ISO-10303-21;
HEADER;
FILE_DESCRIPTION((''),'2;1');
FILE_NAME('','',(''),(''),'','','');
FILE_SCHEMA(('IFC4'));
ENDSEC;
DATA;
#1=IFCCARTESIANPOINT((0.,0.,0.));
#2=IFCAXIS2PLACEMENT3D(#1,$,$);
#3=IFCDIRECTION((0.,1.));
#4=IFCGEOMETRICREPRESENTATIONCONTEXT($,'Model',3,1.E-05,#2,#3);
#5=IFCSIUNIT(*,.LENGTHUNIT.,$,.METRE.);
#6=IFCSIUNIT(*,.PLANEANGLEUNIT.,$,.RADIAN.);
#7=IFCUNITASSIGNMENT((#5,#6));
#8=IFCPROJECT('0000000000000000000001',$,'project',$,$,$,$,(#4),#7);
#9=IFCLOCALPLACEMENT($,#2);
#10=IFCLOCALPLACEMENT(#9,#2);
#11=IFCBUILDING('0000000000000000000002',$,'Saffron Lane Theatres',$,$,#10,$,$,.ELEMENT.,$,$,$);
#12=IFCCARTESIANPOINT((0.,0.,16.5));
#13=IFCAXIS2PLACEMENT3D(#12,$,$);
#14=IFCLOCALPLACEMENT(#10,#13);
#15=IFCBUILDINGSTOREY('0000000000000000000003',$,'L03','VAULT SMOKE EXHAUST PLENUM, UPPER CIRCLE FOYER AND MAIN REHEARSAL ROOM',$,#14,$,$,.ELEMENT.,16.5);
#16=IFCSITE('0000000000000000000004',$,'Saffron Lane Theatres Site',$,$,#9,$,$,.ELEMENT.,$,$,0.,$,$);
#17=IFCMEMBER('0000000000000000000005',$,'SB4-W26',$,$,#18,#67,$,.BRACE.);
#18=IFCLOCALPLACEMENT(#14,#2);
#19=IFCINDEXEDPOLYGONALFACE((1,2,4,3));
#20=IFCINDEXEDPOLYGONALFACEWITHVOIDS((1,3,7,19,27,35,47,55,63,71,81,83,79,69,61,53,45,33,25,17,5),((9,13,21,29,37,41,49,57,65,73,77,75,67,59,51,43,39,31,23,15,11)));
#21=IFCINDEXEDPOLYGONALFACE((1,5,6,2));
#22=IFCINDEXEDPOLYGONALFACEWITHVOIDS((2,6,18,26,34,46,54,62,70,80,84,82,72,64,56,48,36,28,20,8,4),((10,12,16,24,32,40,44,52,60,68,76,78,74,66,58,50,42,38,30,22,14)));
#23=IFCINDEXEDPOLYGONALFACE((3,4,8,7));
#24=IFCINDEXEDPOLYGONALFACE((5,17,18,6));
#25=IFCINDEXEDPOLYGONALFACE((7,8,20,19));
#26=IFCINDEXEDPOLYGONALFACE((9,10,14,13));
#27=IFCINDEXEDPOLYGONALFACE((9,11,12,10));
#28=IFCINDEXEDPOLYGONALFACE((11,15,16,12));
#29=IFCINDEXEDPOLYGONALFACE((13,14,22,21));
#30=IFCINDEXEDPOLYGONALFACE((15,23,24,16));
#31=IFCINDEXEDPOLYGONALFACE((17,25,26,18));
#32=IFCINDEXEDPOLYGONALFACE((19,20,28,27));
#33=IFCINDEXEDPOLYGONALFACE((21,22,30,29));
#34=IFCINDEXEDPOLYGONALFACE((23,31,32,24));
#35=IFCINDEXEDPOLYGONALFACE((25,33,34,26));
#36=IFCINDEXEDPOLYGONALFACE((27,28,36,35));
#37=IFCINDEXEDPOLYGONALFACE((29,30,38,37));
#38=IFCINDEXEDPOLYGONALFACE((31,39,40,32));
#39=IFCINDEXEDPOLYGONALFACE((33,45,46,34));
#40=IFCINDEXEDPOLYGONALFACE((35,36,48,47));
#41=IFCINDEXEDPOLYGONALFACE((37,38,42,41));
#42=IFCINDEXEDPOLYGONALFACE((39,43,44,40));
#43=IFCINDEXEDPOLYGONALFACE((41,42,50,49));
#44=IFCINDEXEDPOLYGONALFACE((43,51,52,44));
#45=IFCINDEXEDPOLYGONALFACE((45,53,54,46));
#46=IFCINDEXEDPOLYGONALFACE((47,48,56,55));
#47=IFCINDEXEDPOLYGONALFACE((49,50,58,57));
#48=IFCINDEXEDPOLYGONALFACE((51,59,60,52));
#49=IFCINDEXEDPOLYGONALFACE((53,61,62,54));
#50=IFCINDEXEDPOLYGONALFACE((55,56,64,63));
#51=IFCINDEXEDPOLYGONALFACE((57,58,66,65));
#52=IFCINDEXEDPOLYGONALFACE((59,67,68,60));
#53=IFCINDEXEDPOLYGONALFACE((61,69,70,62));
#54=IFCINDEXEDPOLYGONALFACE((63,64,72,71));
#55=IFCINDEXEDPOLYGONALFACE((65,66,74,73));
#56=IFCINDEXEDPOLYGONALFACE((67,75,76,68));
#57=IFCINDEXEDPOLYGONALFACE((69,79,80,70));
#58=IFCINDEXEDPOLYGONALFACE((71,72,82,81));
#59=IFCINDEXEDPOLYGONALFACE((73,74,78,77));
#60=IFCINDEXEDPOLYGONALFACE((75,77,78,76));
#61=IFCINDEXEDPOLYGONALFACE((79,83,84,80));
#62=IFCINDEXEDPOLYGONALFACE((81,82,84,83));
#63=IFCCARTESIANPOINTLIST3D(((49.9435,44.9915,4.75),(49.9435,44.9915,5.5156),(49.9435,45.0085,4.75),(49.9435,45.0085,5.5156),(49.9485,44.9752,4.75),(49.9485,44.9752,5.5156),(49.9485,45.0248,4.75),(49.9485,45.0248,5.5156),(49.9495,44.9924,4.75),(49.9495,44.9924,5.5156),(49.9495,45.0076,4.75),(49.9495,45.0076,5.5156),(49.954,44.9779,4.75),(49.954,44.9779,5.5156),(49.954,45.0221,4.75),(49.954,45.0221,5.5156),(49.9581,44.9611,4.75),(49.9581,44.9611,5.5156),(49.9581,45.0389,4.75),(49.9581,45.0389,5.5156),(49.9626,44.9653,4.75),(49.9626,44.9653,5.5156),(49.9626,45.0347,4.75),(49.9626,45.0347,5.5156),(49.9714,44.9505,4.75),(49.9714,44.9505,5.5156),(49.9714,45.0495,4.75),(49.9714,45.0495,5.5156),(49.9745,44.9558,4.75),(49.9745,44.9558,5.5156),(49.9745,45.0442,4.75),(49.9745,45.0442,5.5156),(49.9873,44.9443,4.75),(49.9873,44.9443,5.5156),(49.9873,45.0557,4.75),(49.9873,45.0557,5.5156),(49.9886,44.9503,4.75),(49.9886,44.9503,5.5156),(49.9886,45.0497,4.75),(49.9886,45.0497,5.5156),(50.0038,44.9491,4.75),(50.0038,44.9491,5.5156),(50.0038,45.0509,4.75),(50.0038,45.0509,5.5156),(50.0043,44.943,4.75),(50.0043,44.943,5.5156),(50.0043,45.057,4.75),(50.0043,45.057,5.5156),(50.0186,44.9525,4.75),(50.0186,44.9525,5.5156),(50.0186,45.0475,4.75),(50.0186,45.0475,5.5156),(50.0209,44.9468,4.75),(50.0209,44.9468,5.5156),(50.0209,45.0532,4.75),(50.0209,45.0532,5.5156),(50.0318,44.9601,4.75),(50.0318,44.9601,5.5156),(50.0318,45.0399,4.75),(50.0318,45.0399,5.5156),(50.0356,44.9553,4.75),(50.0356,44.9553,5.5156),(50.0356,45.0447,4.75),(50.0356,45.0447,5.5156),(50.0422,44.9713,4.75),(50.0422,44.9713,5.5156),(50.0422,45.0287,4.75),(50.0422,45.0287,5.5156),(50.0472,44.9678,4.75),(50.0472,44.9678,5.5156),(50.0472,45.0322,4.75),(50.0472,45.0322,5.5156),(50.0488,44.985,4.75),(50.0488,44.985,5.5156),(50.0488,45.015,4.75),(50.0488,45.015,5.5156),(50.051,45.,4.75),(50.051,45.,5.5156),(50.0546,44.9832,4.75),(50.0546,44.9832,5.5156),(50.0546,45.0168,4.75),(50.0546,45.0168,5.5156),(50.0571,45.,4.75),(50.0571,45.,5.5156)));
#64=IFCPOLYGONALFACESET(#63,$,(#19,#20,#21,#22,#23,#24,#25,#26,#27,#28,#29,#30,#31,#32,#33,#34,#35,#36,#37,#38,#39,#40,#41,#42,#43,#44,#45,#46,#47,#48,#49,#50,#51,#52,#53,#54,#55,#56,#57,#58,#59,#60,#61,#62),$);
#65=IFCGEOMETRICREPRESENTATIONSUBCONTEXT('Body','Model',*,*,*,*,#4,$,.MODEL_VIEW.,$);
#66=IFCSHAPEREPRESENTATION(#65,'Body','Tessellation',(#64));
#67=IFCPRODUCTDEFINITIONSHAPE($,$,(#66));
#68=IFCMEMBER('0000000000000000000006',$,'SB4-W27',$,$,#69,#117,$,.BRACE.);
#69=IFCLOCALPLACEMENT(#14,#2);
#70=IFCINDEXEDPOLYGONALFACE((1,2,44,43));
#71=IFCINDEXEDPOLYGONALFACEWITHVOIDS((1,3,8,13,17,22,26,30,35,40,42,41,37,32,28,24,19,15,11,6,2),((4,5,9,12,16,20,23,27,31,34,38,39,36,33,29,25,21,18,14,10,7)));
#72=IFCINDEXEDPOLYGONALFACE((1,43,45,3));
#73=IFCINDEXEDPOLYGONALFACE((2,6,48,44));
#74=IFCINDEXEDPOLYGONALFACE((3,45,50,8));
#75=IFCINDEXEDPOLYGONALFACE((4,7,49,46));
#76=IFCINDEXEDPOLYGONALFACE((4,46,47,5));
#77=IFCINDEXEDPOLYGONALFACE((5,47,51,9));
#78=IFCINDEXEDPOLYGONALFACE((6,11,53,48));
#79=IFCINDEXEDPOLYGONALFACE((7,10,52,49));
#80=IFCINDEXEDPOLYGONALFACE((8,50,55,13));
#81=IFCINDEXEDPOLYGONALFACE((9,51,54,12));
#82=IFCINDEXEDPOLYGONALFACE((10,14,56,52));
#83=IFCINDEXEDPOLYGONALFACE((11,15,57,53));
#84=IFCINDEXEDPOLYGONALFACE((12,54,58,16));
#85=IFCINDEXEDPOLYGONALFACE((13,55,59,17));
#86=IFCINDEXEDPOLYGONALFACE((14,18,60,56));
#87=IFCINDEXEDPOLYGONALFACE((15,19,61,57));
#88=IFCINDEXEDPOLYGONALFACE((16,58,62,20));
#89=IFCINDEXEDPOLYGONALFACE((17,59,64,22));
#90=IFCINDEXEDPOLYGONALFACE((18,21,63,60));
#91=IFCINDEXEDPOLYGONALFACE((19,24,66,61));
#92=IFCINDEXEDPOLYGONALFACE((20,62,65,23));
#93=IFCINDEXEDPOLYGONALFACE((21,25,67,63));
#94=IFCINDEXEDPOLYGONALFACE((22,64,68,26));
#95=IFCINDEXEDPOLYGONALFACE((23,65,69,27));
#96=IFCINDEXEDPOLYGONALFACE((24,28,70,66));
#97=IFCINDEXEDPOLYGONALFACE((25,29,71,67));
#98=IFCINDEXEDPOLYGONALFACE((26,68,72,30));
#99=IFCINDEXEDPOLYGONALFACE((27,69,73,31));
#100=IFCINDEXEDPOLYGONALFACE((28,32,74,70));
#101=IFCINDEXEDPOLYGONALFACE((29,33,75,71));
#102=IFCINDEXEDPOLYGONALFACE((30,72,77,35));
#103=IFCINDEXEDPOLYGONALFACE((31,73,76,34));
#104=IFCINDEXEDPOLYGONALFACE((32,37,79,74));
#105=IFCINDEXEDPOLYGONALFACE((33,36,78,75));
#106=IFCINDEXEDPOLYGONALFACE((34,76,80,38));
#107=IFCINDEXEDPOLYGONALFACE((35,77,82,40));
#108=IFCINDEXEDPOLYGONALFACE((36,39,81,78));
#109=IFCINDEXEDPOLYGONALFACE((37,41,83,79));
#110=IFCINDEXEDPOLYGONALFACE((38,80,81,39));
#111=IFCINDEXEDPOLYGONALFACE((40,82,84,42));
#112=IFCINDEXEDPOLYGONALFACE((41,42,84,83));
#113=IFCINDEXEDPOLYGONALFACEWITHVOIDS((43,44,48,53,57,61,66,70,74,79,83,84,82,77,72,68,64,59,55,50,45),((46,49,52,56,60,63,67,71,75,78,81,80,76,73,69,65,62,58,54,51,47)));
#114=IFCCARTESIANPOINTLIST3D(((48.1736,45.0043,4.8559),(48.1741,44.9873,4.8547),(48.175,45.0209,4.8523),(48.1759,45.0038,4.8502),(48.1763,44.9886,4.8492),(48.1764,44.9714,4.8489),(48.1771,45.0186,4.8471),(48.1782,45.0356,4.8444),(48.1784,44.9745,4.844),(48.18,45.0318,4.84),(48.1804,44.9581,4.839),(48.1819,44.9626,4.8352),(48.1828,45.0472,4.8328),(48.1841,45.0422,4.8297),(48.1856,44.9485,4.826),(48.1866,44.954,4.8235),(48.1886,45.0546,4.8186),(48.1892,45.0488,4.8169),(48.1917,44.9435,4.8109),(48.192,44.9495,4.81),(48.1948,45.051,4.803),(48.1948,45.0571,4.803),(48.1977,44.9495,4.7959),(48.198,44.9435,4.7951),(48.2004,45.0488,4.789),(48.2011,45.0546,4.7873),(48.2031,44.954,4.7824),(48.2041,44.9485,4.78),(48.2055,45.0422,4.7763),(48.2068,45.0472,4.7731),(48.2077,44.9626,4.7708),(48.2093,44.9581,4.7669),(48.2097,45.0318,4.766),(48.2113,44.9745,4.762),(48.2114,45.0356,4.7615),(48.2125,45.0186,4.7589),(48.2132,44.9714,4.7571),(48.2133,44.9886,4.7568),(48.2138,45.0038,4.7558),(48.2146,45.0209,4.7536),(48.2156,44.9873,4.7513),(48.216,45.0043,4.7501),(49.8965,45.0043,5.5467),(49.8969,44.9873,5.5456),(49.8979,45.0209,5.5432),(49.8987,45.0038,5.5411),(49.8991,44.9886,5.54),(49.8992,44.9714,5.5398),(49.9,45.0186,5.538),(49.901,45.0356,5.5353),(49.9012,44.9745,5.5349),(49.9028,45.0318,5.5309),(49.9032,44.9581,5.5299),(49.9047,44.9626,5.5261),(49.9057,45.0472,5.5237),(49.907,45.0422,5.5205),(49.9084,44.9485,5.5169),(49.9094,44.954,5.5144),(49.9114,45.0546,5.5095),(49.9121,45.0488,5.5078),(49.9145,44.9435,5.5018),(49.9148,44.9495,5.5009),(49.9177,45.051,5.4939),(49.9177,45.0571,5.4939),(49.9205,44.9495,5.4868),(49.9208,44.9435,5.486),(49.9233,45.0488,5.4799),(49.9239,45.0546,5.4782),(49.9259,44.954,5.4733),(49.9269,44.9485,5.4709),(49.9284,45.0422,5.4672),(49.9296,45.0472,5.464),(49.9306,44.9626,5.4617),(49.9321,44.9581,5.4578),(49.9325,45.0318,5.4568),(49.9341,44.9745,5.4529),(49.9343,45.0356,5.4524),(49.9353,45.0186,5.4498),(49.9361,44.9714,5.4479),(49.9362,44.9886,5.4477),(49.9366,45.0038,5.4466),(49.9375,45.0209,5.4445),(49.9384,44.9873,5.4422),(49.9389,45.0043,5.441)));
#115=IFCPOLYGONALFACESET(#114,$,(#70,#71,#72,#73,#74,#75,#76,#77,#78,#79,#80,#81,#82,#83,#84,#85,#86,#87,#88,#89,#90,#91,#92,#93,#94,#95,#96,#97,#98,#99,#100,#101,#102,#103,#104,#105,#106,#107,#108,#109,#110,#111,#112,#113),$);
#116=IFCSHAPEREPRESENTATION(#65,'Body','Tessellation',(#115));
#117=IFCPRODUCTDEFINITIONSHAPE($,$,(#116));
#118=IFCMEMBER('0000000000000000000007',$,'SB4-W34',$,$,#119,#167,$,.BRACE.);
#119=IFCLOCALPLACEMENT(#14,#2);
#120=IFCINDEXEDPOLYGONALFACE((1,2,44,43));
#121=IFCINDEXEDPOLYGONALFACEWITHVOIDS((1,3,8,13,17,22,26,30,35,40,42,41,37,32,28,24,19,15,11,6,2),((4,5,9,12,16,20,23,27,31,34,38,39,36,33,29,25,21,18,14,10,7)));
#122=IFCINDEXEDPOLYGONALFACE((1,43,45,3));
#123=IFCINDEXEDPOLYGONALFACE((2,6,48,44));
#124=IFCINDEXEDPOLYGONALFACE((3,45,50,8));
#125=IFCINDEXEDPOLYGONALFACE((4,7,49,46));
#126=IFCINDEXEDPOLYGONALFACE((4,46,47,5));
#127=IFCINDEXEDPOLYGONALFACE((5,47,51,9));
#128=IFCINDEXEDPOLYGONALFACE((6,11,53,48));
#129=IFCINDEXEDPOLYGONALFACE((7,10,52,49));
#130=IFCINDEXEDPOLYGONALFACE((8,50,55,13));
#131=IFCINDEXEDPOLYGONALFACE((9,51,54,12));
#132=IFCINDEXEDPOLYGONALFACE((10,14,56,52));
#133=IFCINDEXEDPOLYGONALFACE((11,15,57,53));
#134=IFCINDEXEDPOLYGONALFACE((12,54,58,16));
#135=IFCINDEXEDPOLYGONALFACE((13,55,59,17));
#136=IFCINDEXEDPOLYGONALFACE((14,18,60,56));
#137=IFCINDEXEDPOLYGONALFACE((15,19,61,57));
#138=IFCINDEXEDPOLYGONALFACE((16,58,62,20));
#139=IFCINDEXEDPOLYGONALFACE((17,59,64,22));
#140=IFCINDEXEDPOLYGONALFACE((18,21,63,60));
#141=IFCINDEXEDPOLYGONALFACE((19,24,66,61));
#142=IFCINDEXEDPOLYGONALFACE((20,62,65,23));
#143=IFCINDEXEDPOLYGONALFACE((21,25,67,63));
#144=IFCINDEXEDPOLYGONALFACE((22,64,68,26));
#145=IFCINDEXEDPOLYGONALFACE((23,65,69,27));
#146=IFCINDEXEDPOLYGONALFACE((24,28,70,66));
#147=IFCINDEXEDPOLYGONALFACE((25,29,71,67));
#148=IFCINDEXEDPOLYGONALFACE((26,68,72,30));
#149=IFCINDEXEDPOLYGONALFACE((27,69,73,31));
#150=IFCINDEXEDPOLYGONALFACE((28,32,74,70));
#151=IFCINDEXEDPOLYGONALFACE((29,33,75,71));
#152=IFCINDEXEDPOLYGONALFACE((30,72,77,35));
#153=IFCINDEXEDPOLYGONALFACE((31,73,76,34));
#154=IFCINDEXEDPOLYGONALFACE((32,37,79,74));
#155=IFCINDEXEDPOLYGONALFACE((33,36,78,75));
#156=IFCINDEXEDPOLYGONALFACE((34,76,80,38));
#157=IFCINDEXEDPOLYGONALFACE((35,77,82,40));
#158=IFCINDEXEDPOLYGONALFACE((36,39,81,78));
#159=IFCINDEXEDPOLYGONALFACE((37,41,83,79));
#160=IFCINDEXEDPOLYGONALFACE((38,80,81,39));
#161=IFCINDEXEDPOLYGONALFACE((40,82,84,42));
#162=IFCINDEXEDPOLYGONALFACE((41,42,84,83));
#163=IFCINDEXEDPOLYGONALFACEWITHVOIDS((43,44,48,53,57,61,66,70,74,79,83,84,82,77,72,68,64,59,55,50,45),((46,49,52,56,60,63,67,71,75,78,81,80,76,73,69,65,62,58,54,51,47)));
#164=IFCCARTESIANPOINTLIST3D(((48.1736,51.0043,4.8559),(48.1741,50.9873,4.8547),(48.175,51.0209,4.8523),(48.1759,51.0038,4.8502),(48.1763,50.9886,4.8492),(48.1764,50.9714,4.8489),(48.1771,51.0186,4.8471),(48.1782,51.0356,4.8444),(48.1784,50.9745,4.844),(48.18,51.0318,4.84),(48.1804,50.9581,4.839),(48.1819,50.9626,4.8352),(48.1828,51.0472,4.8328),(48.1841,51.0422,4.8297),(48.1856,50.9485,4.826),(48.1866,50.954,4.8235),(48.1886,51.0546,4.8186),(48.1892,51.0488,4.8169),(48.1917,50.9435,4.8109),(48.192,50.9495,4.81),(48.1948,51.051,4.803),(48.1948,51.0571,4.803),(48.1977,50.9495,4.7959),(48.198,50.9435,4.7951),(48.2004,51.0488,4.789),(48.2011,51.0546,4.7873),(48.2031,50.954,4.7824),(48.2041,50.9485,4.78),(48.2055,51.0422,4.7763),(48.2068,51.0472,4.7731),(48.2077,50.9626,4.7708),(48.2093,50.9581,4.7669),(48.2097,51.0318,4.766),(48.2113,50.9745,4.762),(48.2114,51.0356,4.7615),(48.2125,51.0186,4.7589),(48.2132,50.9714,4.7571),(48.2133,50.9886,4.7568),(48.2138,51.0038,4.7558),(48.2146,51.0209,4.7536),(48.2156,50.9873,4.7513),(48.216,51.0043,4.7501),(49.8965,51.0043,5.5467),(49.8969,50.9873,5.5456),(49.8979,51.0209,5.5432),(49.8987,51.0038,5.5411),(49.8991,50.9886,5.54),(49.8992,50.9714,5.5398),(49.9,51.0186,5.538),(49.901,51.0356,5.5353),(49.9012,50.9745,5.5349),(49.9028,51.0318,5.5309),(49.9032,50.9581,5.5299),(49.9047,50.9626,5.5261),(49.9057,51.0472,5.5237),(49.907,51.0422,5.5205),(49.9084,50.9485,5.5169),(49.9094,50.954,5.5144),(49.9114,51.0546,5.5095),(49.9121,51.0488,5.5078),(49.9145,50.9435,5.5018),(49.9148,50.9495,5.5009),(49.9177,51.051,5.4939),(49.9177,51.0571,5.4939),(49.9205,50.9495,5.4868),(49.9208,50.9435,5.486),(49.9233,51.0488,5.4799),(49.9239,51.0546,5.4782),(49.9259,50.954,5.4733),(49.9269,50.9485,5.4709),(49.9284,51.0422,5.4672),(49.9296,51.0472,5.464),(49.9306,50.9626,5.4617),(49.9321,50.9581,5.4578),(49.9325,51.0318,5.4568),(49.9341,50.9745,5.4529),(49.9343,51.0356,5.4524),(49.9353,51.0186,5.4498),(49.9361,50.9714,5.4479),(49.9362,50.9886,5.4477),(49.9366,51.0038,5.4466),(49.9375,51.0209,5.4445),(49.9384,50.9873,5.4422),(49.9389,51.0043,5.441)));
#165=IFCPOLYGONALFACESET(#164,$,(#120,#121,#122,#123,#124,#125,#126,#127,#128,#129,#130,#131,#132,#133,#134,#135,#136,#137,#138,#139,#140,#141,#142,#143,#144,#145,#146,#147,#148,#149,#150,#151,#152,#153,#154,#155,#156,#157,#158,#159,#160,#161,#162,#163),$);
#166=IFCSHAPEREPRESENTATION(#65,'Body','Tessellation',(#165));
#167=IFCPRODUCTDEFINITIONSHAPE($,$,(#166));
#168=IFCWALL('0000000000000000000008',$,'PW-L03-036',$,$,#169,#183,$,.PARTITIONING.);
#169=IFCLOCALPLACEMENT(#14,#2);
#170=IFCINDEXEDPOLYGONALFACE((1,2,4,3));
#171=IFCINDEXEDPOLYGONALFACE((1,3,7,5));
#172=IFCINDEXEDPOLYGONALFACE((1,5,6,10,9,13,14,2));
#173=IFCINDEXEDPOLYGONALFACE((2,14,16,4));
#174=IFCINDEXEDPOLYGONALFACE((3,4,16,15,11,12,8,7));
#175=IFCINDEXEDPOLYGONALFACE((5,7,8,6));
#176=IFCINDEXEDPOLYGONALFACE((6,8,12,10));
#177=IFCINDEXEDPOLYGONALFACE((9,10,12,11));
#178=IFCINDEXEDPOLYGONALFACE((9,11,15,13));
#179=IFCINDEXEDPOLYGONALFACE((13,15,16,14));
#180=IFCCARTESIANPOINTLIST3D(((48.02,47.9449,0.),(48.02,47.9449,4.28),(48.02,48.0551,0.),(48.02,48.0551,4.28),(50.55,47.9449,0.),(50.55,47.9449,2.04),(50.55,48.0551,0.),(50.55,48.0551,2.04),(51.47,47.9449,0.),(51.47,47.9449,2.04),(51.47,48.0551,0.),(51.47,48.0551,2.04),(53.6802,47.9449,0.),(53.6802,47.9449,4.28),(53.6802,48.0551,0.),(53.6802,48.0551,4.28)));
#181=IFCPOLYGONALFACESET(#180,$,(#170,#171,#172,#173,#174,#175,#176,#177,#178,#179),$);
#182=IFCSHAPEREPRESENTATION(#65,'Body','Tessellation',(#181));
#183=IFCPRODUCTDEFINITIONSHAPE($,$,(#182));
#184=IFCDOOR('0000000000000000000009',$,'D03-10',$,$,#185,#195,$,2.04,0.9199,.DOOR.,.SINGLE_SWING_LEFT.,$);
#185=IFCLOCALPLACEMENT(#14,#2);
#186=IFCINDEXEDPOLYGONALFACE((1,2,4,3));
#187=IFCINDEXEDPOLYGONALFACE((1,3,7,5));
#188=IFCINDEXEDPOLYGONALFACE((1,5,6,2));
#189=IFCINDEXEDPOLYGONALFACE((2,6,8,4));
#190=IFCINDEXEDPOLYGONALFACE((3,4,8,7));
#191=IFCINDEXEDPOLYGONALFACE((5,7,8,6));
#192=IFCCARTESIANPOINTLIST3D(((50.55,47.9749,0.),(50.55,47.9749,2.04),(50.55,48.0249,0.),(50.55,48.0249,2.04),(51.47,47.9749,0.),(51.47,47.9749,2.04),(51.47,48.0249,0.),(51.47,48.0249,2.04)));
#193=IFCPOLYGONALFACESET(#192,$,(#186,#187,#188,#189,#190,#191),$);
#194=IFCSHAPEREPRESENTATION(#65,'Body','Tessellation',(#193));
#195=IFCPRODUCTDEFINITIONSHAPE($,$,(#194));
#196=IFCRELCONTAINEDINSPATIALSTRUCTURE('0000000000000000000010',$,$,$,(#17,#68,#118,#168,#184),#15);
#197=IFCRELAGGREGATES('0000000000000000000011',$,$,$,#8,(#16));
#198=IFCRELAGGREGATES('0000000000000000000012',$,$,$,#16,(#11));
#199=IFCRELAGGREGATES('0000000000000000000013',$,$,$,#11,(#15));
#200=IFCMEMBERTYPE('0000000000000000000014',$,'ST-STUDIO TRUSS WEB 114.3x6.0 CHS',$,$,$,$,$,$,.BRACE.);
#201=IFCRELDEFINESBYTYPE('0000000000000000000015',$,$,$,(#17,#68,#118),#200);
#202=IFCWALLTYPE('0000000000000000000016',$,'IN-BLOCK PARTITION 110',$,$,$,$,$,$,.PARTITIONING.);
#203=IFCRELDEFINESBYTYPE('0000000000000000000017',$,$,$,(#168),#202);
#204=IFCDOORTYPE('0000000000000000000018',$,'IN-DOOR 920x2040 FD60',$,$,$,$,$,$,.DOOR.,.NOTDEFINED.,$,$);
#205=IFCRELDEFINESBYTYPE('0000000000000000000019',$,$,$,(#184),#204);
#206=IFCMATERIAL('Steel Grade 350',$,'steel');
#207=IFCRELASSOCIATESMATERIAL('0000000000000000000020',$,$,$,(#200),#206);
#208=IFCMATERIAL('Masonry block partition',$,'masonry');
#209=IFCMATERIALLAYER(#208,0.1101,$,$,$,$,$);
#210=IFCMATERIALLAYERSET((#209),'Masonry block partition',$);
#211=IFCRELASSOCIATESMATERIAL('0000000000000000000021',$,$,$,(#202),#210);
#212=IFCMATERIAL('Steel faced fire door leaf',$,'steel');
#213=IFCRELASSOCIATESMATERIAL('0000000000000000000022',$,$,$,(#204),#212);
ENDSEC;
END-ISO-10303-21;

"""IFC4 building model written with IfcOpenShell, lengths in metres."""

from ifc_helpers import new_model, si_unit, direction, frame, frame_2d, origin, origin_2d, place, context, subcontext, project, spatial, rectangle, hollow_circle, extrude, material, layer, layer_set, material_profile, profile_set, type_object, element, fill, save


model = new_model("IFC4")

# Units and contexts
model_context = context("Model", 3, precision=1e-05, world=origin(), true_north=direction((0.0, 1.0)))
body_context = subcontext(model_context, "Body", "Model", "MODEL_VIEW")
ifc_project = project(units=[si_unit("LENGTHUNIT", "METRE"), si_unit("PLANEANGLEUNIT", "RADIAN")], contexts=[model_context])

# Site, building, storey
site_placement = place(None, origin())
site = spatial("IfcSite", under=ifc_project, at=site_placement, Name="Saffron Lane Theatres Site", CompositionType="ELEMENT", RefElevation=0.0)
building_placement = place(site_placement, origin())
building = spatial("IfcBuilding", under=site, at=building_placement, Name="Saffron Lane Theatres", CompositionType="ELEMENT")
storey_placement = place(building_placement, frame((0.0, 0.0, 16.5)))
storey = spatial("IfcBuildingStorey", under=building, at=storey_placement, Name="L03", Description="VAULT SMOKE EXHAUST PLENUM, UPPER CIRCLE FOYER AND MAIN REHEARSAL ROOM", CompositionType="ELEMENT", Elevation=16.5)

# Members
ifc_material_1 = material(Name="Steel Grade 350", Category="steel")
ifc_material_profile_1 = material_profile(ifc_material_1, hollow_circle(Radius=0.0571, WallThickness=0.0061, at=origin_2d()))
ifc_profile_set_1 = profile_set([ifc_material_profile_1], Name="Steel Grade 350")
member_type_1 = type_object("IfcMemberType", Name="ST-STUDIO TRUSS WEB 114.3x6.0 CHS", PredefinedType="BRACE", material=ifc_profile_set_1)
member_1_placement = place(storey_placement, frame((50.0, 45.0, 4.75), z_axis=(0.0, 0.0, 1.0), x_axis=(1.0, 0.0, 0.0)))
element("IfcMember", 1, at=member_1_placement, inside=storey, type_object=member_type_1, Name="SB4-W26", PredefinedType="BRACE", context=body_context, shape_type="SweptSolid", body=[
    extrude(hollow_circle(Radius=0.0571, WallThickness=0.0061, at=origin_2d()), origin(), (0.0, 0.0, 1.0), 0.7656),
])
for number, where, z_axis, x_axis, name in (
    (2, (48.1948, 45.0, 4.803), (0.92815, 0.0, 0.372207), (0.0, 1.0, 0.0), "SB4-W27"),
    (3, (48.1948, 51.0, 4.803), (0.92815, 0.0, 0.372207), (0.0, 1.0, 0.0), "SB4-W34"),
):
    element("IfcMember", number, at=place(storey_placement, frame(where, z_axis=z_axis, x_axis=x_axis)), inside=storey, type_object=member_type_1, Name=name, PredefinedType="BRACE", context=body_context, shape_type="SweptSolid", body=[
        extrude(hollow_circle(Radius=0.0571, WallThickness=0.0061, at=origin_2d()), origin(), (0.0, 0.0, 1.0), 1.8562),
    ])

# Wall, opening, door
ifc_material_2 = material(Name="Masonry block partition", Category="masonry")
ifc_layer = layer(ifc_material_2, 0.1101)
ifc_layer_set = layer_set([ifc_layer], Name="Masonry block partition")
wall_type = type_object("IfcWallType", Name="IN-BLOCK PARTITION 110", PredefinedType="PARTITIONING", material=ifc_layer_set)
wall_placement = place(storey_placement, frame((48.02, 48.0, 0.0), z_axis=(0.0, 0.0, 1.0), x_axis=(1.0, 0.0, 0.0)))
wall = element("IfcWall", 4, at=wall_placement, inside=storey, type_object=wall_type, Name="PW-L03-036", PredefinedType="PARTITIONING", context=body_context, shape_type="SweptSolid", body=[
    extrude(rectangle(XDim=5.6602, YDim=0.1101, at=frame_2d((2.8301, 0.0))), origin(), (0.0, 0.0, 1.0), 4.28),
])
opening_placement = place(wall_placement, frame((2.53, 0.0, 0.0)))
opening = element("IfcOpeningElement", 5, at=opening_placement, cuts=wall, PredefinedType="OPENING", context=body_context, shape_type="SweptSolid", body=[
    extrude(rectangle(XDim=0.9199, YDim=2.04, at=frame_2d((0.46, 1.02))), frame((0.0, 0.0649, 0.0), z_axis=(0.0, -1.0, 0.0), x_axis=(1.0, 0.0, 0.0)), (0.0, 0.0, 1.0), 0.1301),
])
ifc_material_3 = material(Name="Steel faced fire door leaf", Category="steel")
door_type = type_object("IfcDoorType", Name="IN-DOOR 920x2040 FD60", OperationType="NOTDEFINED", PredefinedType="DOOR", material=ifc_material_3)
door_placement = place(opening_placement, origin())
door = element("IfcDoor", 6, at=door_placement, inside=storey, type_object=door_type, Name="D03-10", OperationType="SINGLE_SWING_LEFT", OverallHeight=2.04, OverallWidth=0.9199, PredefinedType="DOOR", context=body_context, shape_type="SweptSolid", body=[
    extrude(rectangle(XDim=0.9199, YDim=2.04, at=frame_2d((0.46, 1.02))), frame((0.0, 0.0249, 0.0), z_axis=(0.0, -1.0, 0.0), x_axis=(1.0, 0.0, 0.0)), (0.0, 0.0, 1.0), 0.05),
])
fill(opening, door)

save(model, "model.ifc")
